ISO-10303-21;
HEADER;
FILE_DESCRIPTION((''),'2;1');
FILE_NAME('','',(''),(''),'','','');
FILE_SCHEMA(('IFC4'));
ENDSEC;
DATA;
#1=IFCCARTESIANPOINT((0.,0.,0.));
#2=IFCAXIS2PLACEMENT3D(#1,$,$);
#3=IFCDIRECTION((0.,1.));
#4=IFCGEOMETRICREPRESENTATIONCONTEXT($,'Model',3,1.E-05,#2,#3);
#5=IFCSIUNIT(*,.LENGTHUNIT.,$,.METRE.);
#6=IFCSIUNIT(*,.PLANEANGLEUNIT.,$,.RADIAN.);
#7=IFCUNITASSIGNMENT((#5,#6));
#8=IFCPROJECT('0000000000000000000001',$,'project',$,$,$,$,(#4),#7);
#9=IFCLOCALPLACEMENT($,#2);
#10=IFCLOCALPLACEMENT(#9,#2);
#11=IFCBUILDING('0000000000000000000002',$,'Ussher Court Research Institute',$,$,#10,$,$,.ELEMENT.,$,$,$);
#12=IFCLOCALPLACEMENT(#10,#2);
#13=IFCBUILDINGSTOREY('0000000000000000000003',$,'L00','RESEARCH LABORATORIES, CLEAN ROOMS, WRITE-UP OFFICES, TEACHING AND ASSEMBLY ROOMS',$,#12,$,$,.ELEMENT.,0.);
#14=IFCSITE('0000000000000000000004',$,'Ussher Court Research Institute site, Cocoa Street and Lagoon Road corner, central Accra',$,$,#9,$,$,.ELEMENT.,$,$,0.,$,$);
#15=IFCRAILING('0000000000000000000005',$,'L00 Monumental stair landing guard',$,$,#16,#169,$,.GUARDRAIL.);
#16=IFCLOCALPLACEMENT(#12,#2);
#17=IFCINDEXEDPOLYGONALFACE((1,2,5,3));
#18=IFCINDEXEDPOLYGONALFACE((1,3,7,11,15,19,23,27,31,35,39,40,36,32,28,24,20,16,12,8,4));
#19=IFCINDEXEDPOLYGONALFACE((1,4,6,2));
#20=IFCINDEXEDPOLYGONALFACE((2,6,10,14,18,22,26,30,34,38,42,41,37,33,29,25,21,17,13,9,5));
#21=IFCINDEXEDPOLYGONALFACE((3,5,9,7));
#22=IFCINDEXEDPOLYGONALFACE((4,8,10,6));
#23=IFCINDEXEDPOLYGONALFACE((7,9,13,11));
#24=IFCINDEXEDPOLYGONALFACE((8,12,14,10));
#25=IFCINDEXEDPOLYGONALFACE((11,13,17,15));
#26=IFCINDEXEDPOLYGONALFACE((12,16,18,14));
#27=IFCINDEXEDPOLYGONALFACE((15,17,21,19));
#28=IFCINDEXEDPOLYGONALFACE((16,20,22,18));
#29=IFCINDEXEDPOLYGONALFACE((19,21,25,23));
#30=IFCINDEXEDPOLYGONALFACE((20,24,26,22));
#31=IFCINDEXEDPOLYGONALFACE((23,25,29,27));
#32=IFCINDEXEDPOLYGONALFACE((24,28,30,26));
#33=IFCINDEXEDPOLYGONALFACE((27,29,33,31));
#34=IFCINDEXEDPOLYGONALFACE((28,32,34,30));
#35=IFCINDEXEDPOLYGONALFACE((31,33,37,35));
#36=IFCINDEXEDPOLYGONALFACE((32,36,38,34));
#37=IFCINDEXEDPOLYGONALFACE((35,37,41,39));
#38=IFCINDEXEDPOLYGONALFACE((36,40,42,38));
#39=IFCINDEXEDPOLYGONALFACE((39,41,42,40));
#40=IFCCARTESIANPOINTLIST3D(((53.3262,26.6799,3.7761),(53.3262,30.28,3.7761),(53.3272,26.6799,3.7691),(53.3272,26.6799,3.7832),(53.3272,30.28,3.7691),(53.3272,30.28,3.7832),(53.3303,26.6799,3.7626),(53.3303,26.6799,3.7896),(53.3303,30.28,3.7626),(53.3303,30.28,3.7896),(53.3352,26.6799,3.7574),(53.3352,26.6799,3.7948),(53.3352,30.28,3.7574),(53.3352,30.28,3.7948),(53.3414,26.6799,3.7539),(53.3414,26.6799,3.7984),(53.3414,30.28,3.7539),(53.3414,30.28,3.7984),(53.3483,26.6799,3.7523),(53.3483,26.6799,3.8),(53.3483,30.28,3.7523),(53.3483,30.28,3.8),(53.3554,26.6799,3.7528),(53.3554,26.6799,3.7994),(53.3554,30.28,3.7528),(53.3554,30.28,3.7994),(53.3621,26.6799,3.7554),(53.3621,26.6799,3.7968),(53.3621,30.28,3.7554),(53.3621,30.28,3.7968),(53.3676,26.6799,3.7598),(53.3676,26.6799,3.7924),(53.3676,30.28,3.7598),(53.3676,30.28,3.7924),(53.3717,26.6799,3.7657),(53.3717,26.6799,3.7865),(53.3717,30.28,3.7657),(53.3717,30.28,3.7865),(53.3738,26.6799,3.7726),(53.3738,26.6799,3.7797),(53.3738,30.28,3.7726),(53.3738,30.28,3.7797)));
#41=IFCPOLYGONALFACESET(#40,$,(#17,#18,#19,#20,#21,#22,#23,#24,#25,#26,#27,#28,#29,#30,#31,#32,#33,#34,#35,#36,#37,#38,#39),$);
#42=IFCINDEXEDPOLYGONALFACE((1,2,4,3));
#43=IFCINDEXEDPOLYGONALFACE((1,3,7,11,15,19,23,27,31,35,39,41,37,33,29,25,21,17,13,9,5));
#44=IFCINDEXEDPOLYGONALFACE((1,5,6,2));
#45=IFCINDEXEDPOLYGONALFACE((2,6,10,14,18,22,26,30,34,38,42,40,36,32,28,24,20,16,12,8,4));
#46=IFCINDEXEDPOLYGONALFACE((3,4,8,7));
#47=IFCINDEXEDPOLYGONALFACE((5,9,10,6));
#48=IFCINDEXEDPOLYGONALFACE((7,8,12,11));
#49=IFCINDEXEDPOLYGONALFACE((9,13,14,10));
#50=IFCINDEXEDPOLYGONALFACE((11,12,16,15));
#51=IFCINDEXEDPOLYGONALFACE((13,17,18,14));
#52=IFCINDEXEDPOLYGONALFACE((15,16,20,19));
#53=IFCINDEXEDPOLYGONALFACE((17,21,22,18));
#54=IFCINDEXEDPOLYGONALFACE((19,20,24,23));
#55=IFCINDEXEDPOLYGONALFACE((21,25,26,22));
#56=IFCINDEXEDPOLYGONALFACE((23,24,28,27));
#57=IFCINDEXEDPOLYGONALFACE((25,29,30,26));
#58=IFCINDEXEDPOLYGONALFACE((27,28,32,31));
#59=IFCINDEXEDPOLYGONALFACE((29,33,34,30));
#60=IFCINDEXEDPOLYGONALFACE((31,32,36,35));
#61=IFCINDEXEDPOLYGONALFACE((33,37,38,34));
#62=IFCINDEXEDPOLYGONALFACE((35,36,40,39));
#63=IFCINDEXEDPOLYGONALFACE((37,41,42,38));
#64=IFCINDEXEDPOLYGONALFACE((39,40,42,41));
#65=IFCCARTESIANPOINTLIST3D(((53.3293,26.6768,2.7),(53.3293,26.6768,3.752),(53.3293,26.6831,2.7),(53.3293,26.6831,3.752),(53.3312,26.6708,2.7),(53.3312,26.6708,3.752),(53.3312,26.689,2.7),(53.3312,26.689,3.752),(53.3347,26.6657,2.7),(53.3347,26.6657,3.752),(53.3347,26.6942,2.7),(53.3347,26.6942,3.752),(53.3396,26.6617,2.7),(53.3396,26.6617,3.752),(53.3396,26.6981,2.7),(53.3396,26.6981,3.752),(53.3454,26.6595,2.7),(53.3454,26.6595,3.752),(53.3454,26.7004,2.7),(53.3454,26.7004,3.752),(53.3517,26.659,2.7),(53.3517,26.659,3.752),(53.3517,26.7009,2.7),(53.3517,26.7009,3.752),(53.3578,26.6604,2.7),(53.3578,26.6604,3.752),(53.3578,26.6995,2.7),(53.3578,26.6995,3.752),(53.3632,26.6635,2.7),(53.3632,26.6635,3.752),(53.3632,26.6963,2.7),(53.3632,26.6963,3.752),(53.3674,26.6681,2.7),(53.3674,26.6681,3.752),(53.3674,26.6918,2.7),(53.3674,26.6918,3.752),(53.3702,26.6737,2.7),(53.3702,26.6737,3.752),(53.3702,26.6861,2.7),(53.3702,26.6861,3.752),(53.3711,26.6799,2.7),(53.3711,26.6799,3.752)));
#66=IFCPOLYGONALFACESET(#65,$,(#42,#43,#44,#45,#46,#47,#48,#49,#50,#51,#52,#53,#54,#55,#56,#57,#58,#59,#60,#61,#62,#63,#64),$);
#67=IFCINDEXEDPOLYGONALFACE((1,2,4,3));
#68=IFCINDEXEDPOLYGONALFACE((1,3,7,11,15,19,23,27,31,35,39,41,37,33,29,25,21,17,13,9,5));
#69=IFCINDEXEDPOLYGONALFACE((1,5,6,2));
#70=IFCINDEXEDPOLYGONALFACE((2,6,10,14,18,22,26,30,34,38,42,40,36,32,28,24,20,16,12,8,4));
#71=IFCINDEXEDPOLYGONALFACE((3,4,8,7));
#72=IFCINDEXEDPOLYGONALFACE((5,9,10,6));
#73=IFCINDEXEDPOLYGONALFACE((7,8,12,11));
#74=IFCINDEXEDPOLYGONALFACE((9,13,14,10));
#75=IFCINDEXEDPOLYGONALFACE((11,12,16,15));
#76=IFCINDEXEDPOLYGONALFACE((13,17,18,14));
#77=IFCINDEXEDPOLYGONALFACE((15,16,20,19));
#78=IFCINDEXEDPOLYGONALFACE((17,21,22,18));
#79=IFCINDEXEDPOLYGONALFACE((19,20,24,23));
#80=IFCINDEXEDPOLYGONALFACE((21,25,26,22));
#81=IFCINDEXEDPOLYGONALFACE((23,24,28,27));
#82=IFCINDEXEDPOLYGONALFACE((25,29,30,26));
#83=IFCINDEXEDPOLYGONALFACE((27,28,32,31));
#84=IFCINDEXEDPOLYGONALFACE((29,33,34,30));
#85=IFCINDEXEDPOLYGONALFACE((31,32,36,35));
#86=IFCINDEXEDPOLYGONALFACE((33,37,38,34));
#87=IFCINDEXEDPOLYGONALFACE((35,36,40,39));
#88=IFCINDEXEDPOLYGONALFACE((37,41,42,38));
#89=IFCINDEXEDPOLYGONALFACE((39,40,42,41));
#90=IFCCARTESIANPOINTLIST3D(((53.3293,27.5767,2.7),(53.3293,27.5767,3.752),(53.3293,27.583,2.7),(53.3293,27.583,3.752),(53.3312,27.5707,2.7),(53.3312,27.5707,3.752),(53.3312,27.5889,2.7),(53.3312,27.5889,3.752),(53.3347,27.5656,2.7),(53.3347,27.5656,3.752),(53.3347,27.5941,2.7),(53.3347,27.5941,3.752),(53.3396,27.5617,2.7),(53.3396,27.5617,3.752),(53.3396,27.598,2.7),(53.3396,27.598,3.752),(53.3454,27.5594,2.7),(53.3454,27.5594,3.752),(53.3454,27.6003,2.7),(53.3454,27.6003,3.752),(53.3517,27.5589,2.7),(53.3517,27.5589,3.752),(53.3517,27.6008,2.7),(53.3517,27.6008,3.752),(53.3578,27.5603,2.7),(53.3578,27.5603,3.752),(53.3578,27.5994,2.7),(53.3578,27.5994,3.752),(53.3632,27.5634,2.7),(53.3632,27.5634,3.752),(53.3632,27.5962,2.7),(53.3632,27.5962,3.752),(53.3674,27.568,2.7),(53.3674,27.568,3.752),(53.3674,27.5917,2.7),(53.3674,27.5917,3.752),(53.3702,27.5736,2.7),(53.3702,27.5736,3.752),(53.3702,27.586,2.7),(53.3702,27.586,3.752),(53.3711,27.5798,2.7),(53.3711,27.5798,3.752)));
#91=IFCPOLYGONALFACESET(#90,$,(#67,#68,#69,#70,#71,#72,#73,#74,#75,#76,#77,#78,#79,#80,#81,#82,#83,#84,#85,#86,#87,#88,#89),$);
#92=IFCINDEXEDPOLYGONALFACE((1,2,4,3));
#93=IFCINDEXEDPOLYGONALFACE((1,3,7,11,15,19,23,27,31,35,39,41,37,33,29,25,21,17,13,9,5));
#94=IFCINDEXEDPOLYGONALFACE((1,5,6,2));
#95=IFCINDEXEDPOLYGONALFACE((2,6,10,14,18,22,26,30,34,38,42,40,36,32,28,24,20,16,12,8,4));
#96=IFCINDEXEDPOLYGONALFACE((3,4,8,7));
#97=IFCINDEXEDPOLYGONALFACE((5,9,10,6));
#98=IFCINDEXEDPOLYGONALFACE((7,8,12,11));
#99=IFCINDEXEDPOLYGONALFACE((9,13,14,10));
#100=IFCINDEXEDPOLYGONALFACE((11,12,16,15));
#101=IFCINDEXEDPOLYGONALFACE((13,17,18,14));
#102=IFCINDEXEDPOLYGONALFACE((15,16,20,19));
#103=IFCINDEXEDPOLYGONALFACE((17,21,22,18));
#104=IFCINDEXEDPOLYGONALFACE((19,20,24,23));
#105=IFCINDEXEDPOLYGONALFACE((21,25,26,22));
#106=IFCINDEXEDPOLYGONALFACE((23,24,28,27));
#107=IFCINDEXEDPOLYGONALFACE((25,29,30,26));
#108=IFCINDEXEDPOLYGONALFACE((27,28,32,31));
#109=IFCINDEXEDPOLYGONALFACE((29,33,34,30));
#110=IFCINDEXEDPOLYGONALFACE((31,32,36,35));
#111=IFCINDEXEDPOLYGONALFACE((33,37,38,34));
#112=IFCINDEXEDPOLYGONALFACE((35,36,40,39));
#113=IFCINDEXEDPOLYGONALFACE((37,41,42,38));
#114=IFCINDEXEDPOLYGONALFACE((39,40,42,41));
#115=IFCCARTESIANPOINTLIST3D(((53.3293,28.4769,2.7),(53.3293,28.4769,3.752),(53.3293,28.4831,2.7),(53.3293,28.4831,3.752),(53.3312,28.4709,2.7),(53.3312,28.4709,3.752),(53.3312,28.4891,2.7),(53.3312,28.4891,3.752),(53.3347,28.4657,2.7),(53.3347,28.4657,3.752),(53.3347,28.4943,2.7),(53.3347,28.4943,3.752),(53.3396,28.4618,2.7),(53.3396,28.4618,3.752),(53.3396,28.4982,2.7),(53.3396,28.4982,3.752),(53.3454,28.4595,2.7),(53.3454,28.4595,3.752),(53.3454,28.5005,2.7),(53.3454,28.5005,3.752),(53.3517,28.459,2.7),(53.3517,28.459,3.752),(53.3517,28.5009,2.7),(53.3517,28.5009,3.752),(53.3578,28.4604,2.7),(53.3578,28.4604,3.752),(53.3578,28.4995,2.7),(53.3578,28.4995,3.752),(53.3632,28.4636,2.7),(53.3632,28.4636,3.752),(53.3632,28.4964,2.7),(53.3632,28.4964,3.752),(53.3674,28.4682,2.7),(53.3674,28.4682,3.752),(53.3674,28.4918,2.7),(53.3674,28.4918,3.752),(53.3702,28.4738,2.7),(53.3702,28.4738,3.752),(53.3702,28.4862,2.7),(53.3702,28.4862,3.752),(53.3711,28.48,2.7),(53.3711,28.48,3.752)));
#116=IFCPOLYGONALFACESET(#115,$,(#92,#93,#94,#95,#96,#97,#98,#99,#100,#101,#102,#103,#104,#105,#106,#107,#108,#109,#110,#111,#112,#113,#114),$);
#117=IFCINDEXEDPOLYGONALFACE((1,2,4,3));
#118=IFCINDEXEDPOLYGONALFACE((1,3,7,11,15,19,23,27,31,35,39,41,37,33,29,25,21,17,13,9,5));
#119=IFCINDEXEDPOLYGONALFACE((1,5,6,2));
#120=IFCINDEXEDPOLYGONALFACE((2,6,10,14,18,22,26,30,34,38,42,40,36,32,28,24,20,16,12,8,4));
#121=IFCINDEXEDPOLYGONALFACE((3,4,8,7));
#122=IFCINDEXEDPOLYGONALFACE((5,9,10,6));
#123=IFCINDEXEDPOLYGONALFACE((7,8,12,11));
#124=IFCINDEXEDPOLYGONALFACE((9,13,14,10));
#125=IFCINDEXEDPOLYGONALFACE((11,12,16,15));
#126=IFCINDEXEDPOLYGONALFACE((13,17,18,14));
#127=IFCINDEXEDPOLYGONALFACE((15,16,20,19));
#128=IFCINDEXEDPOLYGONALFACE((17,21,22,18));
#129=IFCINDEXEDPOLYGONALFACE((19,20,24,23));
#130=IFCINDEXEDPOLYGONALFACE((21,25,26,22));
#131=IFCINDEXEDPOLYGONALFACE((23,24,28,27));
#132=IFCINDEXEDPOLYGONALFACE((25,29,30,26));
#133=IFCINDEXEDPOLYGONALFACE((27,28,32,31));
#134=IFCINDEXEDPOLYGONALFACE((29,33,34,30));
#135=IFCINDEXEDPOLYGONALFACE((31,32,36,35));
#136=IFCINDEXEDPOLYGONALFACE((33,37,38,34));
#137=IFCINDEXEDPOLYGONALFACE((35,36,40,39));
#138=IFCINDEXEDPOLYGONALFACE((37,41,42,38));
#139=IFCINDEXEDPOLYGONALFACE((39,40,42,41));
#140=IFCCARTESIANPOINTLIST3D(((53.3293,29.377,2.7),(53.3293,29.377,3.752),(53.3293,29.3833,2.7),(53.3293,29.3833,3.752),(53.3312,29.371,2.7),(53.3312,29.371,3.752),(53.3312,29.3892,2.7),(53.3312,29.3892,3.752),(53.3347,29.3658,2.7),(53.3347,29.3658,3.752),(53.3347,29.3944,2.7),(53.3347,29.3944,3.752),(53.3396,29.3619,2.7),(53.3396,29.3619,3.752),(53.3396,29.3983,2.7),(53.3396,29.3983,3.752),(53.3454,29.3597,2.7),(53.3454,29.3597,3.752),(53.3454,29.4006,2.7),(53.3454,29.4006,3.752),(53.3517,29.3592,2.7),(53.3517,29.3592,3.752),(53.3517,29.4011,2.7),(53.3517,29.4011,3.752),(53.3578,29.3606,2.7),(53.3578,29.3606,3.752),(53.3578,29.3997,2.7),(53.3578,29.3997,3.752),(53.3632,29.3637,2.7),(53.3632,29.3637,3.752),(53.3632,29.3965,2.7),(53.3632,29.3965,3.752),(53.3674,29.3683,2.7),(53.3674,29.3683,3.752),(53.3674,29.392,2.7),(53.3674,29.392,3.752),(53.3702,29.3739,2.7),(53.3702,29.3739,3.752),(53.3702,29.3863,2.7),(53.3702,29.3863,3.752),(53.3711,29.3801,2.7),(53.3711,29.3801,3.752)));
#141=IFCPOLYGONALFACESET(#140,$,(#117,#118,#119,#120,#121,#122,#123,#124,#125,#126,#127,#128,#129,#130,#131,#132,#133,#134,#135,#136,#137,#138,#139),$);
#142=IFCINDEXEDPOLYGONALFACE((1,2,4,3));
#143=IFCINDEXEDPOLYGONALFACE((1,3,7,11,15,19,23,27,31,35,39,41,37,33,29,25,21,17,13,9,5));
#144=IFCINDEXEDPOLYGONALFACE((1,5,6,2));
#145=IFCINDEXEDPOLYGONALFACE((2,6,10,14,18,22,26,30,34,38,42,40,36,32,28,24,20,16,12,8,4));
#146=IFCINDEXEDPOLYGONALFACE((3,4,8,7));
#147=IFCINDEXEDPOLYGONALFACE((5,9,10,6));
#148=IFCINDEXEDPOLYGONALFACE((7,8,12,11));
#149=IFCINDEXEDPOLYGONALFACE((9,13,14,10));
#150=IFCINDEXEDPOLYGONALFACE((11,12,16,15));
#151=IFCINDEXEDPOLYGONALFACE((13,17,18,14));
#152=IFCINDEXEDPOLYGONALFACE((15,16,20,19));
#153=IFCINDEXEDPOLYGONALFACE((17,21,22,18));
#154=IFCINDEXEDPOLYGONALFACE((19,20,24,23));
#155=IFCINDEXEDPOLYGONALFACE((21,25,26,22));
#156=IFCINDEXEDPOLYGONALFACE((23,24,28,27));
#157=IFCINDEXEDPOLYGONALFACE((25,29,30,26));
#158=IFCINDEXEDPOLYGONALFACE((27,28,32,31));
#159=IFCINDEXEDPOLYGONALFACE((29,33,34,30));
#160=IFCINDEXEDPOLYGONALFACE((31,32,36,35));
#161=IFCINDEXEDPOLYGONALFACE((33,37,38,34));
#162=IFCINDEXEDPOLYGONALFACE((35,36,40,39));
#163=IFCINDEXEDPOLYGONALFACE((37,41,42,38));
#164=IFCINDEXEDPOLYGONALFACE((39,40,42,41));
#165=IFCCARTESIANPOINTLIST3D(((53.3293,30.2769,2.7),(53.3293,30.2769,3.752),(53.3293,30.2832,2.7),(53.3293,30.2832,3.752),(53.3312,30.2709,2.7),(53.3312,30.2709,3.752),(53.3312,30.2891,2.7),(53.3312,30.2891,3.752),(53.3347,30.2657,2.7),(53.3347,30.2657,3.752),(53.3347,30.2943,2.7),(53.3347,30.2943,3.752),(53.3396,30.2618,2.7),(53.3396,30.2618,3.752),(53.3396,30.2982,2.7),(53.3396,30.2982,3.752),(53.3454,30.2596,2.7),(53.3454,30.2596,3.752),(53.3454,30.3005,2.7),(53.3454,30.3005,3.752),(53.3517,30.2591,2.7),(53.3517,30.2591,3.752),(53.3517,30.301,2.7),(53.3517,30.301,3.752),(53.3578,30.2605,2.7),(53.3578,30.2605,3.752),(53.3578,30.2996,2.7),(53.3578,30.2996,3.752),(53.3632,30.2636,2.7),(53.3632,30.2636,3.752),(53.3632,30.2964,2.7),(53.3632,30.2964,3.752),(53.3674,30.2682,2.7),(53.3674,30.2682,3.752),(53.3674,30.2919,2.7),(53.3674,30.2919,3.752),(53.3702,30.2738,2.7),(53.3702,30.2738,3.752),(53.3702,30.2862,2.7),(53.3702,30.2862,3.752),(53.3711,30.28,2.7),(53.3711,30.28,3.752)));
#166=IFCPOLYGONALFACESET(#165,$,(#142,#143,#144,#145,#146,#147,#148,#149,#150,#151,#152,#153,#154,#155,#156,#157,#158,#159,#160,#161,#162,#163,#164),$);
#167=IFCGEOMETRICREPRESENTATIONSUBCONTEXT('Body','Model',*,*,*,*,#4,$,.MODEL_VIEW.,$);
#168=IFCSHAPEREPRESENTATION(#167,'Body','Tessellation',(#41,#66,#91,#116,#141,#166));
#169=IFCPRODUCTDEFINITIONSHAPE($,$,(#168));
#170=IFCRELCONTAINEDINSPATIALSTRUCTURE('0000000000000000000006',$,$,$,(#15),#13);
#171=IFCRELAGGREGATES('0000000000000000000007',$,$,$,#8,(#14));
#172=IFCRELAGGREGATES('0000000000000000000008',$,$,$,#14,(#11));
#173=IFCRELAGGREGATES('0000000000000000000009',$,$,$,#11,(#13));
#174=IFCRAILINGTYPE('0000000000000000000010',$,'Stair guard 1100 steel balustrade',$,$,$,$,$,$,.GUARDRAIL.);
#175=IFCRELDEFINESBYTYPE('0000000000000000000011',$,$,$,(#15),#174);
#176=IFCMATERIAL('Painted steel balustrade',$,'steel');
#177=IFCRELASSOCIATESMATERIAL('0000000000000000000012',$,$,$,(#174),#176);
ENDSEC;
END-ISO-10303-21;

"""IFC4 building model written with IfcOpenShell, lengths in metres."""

from ifc_helpers import new_model, si_unit, direction, frame, origin, origin_2d, place, context, subcontext, project, spatial, circle, extrude, material, type_object, element, save


model = new_model("IFC4")

# Units and contexts
model_context = context("Model", 3, precision=1e-05, world=origin(), true_north=direction((0.0, 1.0)))
body_context = subcontext(model_context, "Body", "Model", "MODEL_VIEW")
ifc_project = project(units=[si_unit("LENGTHUNIT", "METRE"), si_unit("PLANEANGLEUNIT", "RADIAN")], contexts=[model_context])

# Site, building, storey
site_placement = place(None, origin())
site = spatial("IfcSite", under=ifc_project, at=site_placement, Name="Ussher Court Research Institute site, Cocoa Street and Lagoon Road corner, central Accra", CompositionType="ELEMENT", RefElevation=0.0)
building_placement = place(site_placement, origin())
building = spatial("IfcBuilding", under=site, at=building_placement, Name="Ussher Court Research Institute", CompositionType="ELEMENT")
storey_placement = place(building_placement, origin())
storey = spatial("IfcBuildingStorey", under=building, at=storey_placement, Name="L00", Description="RESEARCH LABORATORIES, CLEAN ROOMS, WRITE-UP OFFICES, TEACHING AND ASSEMBLY ROOMS", CompositionType="ELEMENT", Elevation=0.0)

# Railing
ifc_material_1 = material(Name="Painted steel balustrade", Category="steel")
railing_type_1 = type_object("IfcRailingType", Name="Stair guard 1100 steel balustrade", PredefinedType="GUARDRAIL", material=ifc_material_1)
for number, where, name in (
    (1, (53.3501, 26.6799, 2.7), "L00 Monumental stair landing guard"),
):
    element("IfcRailing", number, at=place(storey_placement, frame(where)), inside=storey, type_object=railing_type_1, Name=name, PredefinedType="GUARDRAIL", context=body_context, shape_type="SweptSolid", body=[
        extrude(circle(Radius=0.0239, at=origin_2d()), frame((0.0, 0.0, 1.0762), z_axis=(0.0, 1.0, 0.0), x_axis=(-1.0, 0.0, 0.0)), (0.0, 0.0, 1.0), 3.6001),
        extrude(circle(Radius=0.021, at=origin_2d()), origin(), (0.0, 0.0, 1.0), 1.052),
        extrude(circle(Radius=0.021, at=origin_2d()), frame((0.0, 0.8999, 0.0)), (0.0, 0.0, 1.0), 1.052),
        extrude(circle(Radius=0.021, at=origin_2d()), frame((0.0, 1.8, 0.0)), (0.0, 0.0, 1.0), 1.052),
        extrude(circle(Radius=0.021, at=origin_2d()), frame((0.0, 2.7002, 0.0)), (0.0, 0.0, 1.0), 1.052),
        extrude(circle(Radius=0.021, at=origin_2d()), frame((0.0, 3.6001, 0.0)), (0.0, 0.0, 1.0), 1.052),
    ])

save(model, "model.ifc")
